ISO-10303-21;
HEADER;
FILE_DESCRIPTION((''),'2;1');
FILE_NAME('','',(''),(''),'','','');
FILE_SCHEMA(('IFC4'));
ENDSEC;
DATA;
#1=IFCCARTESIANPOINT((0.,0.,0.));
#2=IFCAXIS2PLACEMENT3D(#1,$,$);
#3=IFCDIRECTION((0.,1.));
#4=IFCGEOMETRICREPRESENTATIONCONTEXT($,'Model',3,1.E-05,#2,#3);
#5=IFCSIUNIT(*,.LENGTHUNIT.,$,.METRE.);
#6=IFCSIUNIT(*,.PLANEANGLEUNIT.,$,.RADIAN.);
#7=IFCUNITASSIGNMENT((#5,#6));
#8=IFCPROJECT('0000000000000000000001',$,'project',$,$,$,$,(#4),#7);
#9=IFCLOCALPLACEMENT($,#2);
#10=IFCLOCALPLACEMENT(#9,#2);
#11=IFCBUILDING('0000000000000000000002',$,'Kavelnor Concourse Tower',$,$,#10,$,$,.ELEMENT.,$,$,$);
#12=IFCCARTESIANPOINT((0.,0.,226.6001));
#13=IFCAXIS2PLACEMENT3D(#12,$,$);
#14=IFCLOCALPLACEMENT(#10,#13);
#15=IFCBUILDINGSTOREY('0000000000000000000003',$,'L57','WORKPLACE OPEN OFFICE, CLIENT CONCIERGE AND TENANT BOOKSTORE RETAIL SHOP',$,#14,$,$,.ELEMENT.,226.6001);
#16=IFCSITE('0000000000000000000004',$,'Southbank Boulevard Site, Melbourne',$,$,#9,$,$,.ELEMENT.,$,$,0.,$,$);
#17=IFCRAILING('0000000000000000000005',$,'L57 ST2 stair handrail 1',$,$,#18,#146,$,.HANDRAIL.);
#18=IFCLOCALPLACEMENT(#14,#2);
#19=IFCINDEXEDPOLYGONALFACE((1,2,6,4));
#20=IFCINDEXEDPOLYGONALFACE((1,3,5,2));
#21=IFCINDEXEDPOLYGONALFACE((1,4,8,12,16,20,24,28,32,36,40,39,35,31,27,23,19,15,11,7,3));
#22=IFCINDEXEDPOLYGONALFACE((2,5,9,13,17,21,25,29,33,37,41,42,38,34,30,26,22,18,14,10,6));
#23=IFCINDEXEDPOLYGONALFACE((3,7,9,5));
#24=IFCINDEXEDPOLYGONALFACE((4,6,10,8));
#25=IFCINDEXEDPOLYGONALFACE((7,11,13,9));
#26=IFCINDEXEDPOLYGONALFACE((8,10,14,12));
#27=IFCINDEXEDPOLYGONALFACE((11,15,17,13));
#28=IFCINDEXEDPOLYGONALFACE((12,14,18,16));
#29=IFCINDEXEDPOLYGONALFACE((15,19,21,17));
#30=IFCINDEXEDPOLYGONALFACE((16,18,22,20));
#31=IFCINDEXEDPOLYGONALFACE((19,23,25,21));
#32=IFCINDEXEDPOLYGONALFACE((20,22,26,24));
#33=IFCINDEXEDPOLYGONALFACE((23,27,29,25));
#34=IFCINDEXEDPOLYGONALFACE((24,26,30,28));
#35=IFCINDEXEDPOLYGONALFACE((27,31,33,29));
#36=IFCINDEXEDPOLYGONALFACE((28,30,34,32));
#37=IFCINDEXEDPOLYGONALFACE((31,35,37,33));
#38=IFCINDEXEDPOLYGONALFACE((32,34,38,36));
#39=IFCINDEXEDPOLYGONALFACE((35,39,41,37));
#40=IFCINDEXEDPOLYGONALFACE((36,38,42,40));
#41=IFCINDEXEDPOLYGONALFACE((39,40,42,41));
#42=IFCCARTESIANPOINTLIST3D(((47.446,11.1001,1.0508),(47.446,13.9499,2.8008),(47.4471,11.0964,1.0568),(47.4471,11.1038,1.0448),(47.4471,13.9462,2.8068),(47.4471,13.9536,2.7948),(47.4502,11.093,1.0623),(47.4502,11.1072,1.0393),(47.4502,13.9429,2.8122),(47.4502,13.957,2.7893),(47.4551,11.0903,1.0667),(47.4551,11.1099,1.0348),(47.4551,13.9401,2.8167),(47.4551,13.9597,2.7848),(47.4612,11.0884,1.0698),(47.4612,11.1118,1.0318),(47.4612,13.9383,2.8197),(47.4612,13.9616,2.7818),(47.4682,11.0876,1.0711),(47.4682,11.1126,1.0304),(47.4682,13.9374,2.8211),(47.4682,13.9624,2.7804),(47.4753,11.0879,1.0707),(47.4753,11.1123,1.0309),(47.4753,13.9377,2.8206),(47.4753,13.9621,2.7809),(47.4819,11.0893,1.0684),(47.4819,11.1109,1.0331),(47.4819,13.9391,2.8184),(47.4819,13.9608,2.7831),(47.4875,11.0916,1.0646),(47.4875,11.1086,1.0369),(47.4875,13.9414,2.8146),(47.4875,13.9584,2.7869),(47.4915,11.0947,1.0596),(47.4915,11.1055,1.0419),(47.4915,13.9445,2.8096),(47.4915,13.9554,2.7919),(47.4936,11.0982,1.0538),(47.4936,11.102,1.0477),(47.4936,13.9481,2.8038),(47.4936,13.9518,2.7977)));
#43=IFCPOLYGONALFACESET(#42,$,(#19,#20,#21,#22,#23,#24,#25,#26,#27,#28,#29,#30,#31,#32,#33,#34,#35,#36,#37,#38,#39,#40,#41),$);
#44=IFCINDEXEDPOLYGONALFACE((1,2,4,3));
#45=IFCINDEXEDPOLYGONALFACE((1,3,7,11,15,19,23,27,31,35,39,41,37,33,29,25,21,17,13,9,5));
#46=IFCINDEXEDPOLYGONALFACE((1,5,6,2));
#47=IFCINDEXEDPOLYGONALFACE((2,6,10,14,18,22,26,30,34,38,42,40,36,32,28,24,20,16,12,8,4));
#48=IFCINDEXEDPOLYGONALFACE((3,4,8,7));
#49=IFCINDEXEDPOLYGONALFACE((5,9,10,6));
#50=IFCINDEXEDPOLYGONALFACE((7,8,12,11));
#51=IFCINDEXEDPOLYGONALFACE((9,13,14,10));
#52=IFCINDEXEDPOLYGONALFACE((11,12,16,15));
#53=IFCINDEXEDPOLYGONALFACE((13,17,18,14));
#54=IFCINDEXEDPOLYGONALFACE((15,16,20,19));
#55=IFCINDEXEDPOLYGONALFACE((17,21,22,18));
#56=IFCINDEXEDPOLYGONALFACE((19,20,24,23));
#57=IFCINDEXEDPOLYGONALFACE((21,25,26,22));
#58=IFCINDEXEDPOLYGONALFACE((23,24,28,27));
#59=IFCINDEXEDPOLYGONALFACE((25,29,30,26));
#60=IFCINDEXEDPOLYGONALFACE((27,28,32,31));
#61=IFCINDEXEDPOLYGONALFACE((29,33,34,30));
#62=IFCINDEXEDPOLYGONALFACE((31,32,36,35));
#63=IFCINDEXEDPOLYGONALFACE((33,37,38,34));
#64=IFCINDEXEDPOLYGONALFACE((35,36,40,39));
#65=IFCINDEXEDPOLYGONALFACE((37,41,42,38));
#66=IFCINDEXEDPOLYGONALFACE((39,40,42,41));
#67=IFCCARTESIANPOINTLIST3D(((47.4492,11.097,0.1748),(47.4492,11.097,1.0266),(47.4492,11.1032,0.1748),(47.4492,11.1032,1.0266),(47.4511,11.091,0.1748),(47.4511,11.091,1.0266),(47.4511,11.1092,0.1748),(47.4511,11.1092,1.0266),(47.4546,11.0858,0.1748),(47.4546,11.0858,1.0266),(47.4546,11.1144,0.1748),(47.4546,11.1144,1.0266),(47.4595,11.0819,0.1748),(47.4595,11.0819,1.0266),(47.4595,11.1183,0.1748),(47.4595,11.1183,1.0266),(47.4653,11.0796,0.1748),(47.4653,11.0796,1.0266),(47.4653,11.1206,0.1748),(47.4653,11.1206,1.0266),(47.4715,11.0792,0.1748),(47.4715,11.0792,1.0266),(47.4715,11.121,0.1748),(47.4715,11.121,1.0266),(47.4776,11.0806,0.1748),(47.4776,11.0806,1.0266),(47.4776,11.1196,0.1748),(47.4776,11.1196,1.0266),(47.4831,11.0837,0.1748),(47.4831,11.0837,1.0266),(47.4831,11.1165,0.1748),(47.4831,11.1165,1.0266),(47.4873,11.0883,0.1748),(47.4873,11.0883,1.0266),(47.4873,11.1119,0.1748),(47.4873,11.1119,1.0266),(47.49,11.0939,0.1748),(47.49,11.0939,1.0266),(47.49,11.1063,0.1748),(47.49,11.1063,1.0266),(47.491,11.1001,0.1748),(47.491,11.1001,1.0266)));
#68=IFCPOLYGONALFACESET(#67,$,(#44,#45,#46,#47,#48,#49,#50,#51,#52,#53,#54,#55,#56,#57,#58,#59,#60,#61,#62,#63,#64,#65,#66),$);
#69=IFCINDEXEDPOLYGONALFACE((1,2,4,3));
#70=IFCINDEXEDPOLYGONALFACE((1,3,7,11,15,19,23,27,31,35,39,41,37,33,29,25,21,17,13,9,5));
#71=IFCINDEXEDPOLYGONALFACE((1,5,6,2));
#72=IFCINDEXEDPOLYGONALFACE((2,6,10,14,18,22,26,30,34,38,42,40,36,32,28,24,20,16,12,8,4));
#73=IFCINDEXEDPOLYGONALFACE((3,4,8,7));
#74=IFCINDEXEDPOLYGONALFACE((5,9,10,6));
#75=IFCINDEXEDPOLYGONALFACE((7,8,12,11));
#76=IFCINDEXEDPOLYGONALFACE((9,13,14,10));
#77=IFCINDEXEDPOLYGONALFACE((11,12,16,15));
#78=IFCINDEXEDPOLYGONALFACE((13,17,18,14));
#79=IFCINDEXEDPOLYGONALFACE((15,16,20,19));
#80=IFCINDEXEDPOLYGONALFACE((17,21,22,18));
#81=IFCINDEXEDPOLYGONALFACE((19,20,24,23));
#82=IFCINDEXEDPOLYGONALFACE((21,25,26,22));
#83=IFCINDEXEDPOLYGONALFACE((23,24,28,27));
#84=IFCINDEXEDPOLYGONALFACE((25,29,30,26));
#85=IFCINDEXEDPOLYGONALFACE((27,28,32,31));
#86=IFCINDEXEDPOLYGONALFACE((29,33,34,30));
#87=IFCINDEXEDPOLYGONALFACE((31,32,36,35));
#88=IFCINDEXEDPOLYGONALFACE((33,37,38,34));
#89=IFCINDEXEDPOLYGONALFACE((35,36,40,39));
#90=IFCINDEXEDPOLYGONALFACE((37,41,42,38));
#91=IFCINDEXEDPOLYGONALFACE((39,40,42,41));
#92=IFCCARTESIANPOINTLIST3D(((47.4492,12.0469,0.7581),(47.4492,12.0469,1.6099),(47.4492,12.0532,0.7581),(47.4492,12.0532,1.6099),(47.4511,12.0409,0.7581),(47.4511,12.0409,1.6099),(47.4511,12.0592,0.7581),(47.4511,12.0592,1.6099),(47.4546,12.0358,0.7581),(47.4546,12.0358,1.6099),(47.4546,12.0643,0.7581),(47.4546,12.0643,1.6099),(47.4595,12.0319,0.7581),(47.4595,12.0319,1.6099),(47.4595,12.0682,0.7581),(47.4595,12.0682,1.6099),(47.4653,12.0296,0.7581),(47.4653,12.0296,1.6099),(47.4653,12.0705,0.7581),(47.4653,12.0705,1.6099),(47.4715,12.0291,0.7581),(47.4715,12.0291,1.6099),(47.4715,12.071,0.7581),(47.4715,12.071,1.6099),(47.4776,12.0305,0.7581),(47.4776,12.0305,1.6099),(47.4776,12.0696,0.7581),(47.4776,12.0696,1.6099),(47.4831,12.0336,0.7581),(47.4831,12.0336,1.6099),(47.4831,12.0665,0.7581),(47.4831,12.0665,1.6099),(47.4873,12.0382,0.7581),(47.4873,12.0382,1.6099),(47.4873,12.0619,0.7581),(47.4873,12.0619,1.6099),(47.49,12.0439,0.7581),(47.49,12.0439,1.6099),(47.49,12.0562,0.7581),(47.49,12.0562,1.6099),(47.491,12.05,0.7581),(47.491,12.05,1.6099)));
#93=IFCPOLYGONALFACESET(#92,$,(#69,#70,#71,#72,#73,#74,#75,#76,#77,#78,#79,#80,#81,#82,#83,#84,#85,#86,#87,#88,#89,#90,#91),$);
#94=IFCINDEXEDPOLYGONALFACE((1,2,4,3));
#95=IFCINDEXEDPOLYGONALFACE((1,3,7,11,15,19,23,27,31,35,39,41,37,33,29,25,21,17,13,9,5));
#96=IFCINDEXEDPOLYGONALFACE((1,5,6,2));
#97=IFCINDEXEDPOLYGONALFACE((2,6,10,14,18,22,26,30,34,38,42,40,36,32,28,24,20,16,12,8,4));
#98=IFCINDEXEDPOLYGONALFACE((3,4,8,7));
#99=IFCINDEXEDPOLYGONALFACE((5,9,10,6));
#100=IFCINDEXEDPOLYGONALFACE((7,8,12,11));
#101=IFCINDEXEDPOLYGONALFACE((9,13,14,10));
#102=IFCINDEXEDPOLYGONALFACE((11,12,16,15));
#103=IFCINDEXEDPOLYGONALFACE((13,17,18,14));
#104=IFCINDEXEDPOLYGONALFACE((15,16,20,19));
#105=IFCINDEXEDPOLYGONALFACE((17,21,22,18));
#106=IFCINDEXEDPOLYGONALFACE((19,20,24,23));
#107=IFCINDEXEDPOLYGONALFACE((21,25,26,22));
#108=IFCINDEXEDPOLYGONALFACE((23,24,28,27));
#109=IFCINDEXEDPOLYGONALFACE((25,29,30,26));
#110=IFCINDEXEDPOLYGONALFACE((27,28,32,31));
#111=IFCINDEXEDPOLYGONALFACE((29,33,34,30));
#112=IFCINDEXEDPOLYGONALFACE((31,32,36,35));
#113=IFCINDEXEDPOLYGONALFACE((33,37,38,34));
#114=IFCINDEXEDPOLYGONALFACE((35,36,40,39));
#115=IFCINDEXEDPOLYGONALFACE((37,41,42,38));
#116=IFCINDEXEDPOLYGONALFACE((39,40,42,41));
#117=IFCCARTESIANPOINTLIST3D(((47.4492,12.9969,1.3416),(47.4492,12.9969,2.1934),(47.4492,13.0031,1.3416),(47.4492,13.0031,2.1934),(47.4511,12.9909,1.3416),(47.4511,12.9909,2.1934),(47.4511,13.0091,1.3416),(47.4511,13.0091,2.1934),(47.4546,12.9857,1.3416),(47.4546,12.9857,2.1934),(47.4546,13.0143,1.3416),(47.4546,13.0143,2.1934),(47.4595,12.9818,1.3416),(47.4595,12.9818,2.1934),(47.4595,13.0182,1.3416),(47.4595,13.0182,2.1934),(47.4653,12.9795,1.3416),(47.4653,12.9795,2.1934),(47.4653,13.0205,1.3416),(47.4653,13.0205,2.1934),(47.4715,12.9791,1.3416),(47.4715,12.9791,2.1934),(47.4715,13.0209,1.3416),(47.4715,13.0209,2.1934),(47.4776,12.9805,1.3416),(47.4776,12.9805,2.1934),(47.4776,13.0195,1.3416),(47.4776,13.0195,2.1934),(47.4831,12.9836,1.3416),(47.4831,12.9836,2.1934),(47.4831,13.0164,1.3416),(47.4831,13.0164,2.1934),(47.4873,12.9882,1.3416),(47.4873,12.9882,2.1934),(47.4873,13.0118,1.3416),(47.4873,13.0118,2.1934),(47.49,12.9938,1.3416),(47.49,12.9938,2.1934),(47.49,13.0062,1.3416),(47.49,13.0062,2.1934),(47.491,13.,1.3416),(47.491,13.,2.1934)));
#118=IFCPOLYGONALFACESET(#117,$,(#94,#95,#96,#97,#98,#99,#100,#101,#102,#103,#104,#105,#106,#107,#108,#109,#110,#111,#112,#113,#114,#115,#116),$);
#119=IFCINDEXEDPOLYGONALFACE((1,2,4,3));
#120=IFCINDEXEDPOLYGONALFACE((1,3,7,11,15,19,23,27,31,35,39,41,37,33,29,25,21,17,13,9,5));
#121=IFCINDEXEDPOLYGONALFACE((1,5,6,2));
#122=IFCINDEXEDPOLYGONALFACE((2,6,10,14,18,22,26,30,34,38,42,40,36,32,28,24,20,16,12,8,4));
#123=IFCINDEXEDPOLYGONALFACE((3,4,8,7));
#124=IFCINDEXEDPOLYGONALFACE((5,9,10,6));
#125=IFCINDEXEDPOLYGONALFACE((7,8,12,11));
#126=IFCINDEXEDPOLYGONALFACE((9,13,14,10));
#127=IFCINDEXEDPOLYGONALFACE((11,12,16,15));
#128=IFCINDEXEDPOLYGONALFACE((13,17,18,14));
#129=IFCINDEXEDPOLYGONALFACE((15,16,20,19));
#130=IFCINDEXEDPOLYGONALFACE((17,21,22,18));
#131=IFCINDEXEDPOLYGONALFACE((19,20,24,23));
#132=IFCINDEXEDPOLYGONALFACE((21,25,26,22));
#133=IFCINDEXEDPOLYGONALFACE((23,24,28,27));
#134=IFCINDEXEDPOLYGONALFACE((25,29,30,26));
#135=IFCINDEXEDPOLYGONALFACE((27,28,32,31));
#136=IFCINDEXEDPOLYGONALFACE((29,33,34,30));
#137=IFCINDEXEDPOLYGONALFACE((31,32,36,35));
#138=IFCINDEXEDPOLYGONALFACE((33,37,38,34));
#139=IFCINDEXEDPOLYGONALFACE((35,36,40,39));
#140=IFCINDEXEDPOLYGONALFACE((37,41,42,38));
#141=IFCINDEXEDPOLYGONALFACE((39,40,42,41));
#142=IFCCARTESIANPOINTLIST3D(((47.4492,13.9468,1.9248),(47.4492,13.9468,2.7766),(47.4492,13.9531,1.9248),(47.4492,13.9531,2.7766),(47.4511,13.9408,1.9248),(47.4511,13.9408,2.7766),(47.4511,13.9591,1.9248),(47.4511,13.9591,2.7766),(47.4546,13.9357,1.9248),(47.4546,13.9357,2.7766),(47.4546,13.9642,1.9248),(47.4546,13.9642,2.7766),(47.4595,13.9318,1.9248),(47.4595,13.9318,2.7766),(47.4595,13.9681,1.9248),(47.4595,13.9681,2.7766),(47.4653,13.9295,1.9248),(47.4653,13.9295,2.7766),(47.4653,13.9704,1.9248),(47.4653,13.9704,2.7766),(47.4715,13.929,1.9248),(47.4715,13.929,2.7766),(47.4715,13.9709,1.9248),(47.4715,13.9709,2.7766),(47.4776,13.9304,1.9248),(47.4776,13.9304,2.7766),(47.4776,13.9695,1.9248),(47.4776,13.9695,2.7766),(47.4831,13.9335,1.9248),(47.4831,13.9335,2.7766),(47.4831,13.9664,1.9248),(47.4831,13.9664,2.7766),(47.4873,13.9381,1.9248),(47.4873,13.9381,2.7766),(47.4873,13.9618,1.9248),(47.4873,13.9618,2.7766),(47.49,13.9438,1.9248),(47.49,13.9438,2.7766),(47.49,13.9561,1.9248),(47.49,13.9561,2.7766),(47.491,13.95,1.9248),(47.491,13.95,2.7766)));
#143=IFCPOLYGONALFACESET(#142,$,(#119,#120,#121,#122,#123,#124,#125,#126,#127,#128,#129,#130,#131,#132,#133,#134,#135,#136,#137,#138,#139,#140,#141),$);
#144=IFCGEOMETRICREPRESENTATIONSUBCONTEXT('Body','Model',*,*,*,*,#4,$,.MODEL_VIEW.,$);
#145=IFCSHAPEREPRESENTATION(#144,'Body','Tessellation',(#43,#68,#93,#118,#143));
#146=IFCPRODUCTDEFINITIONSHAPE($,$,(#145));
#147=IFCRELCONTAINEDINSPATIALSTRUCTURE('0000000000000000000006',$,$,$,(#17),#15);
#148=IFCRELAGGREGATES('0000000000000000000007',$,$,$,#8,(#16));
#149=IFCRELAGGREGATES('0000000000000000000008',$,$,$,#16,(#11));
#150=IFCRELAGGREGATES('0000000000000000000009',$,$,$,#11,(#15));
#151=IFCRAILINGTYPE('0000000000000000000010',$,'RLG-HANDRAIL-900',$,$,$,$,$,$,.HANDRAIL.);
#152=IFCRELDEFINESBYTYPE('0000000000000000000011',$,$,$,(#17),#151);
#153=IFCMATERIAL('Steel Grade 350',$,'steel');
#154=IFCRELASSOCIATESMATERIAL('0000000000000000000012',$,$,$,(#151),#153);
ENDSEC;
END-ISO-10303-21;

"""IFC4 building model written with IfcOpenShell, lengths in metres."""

from ifc_helpers import new_model, si_unit, direction, frame, origin, origin_2d, place, context, subcontext, project, spatial, circle, extrude, material, type_object, element, save


model = new_model("IFC4")

# Units and contexts
model_context = context("Model", 3, precision=1e-05, world=origin(), true_north=direction((0.0, 1.0)))
body_context = subcontext(model_context, "Body", "Model", "MODEL_VIEW")
ifc_project = project(units=[si_unit("LENGTHUNIT", "METRE"), si_unit("PLANEANGLEUNIT", "RADIAN")], contexts=[model_context])

# Site, building, storey
site_placement = place(None, origin())
site = spatial("IfcSite", under=ifc_project, at=site_placement, Name="Southbank Boulevard Site, Melbourne", CompositionType="ELEMENT", RefElevation=0.0)
building_placement = place(site_placement, origin())
building = spatial("IfcBuilding", under=site, at=building_placement, Name="Kavelnor Concourse Tower", CompositionType="ELEMENT")
storey_placement = place(building_placement, frame((0.0, 0.0, 226.6001)))
storey = spatial("IfcBuildingStorey", under=building, at=storey_placement, Name="L57", Description="WORKPLACE OPEN OFFICE, CLIENT CONCIERGE AND TENANT BOOKSTORE RETAIL SHOP", CompositionType="ELEMENT", Elevation=226.6001)

# Shared definitions
ifc_material_1 = material(Name="Steel Grade 350", Category="steel")

# Railing
railing_type_1 = type_object("IfcRailingType", Name="RLG-HANDRAIL-900", PredefinedType="HANDRAIL", material=ifc_material_1)
railing_1_placement = place(storey_placement, frame((47.47, 11.1001, 0.1748)))
element("IfcRailing", 1, at=railing_1_placement, inside=storey, type_object=railing_type_1, Name="L57 ST2 stair handrail 1", PredefinedType="HANDRAIL", context=body_context, shape_type="SweptSolid", body=[
    extrude(circle(Radius=0.0239, at=origin_2d()), frame((0.0, 0.0, 0.876), z_axis=(0.0, 0.852159, 0.523283), x_axis=(-1.0, 0.0, 0.0)), (0.0, 0.0, 1.0), 3.3442),
    extrude(circle(Radius=0.021, at=origin_2d()), origin(), (0.0, 0.0, 1.0), 0.8518),
    extrude(circle(Radius=0.021, at=origin_2d()), frame((0.0, 0.95, 0.5833)), (0.0, 0.0, 1.0), 0.8518),
    extrude(circle(Radius=0.021, at=origin_2d()), frame((0.0, 1.8999, 1.1667)), (0.0, 0.0, 1.0), 0.8518),
    extrude(circle(Radius=0.021, at=origin_2d()), frame((0.0, 2.8499, 1.75)), (0.0, 0.0, 1.0), 0.8518),
])

save(model, "model.ifc")
